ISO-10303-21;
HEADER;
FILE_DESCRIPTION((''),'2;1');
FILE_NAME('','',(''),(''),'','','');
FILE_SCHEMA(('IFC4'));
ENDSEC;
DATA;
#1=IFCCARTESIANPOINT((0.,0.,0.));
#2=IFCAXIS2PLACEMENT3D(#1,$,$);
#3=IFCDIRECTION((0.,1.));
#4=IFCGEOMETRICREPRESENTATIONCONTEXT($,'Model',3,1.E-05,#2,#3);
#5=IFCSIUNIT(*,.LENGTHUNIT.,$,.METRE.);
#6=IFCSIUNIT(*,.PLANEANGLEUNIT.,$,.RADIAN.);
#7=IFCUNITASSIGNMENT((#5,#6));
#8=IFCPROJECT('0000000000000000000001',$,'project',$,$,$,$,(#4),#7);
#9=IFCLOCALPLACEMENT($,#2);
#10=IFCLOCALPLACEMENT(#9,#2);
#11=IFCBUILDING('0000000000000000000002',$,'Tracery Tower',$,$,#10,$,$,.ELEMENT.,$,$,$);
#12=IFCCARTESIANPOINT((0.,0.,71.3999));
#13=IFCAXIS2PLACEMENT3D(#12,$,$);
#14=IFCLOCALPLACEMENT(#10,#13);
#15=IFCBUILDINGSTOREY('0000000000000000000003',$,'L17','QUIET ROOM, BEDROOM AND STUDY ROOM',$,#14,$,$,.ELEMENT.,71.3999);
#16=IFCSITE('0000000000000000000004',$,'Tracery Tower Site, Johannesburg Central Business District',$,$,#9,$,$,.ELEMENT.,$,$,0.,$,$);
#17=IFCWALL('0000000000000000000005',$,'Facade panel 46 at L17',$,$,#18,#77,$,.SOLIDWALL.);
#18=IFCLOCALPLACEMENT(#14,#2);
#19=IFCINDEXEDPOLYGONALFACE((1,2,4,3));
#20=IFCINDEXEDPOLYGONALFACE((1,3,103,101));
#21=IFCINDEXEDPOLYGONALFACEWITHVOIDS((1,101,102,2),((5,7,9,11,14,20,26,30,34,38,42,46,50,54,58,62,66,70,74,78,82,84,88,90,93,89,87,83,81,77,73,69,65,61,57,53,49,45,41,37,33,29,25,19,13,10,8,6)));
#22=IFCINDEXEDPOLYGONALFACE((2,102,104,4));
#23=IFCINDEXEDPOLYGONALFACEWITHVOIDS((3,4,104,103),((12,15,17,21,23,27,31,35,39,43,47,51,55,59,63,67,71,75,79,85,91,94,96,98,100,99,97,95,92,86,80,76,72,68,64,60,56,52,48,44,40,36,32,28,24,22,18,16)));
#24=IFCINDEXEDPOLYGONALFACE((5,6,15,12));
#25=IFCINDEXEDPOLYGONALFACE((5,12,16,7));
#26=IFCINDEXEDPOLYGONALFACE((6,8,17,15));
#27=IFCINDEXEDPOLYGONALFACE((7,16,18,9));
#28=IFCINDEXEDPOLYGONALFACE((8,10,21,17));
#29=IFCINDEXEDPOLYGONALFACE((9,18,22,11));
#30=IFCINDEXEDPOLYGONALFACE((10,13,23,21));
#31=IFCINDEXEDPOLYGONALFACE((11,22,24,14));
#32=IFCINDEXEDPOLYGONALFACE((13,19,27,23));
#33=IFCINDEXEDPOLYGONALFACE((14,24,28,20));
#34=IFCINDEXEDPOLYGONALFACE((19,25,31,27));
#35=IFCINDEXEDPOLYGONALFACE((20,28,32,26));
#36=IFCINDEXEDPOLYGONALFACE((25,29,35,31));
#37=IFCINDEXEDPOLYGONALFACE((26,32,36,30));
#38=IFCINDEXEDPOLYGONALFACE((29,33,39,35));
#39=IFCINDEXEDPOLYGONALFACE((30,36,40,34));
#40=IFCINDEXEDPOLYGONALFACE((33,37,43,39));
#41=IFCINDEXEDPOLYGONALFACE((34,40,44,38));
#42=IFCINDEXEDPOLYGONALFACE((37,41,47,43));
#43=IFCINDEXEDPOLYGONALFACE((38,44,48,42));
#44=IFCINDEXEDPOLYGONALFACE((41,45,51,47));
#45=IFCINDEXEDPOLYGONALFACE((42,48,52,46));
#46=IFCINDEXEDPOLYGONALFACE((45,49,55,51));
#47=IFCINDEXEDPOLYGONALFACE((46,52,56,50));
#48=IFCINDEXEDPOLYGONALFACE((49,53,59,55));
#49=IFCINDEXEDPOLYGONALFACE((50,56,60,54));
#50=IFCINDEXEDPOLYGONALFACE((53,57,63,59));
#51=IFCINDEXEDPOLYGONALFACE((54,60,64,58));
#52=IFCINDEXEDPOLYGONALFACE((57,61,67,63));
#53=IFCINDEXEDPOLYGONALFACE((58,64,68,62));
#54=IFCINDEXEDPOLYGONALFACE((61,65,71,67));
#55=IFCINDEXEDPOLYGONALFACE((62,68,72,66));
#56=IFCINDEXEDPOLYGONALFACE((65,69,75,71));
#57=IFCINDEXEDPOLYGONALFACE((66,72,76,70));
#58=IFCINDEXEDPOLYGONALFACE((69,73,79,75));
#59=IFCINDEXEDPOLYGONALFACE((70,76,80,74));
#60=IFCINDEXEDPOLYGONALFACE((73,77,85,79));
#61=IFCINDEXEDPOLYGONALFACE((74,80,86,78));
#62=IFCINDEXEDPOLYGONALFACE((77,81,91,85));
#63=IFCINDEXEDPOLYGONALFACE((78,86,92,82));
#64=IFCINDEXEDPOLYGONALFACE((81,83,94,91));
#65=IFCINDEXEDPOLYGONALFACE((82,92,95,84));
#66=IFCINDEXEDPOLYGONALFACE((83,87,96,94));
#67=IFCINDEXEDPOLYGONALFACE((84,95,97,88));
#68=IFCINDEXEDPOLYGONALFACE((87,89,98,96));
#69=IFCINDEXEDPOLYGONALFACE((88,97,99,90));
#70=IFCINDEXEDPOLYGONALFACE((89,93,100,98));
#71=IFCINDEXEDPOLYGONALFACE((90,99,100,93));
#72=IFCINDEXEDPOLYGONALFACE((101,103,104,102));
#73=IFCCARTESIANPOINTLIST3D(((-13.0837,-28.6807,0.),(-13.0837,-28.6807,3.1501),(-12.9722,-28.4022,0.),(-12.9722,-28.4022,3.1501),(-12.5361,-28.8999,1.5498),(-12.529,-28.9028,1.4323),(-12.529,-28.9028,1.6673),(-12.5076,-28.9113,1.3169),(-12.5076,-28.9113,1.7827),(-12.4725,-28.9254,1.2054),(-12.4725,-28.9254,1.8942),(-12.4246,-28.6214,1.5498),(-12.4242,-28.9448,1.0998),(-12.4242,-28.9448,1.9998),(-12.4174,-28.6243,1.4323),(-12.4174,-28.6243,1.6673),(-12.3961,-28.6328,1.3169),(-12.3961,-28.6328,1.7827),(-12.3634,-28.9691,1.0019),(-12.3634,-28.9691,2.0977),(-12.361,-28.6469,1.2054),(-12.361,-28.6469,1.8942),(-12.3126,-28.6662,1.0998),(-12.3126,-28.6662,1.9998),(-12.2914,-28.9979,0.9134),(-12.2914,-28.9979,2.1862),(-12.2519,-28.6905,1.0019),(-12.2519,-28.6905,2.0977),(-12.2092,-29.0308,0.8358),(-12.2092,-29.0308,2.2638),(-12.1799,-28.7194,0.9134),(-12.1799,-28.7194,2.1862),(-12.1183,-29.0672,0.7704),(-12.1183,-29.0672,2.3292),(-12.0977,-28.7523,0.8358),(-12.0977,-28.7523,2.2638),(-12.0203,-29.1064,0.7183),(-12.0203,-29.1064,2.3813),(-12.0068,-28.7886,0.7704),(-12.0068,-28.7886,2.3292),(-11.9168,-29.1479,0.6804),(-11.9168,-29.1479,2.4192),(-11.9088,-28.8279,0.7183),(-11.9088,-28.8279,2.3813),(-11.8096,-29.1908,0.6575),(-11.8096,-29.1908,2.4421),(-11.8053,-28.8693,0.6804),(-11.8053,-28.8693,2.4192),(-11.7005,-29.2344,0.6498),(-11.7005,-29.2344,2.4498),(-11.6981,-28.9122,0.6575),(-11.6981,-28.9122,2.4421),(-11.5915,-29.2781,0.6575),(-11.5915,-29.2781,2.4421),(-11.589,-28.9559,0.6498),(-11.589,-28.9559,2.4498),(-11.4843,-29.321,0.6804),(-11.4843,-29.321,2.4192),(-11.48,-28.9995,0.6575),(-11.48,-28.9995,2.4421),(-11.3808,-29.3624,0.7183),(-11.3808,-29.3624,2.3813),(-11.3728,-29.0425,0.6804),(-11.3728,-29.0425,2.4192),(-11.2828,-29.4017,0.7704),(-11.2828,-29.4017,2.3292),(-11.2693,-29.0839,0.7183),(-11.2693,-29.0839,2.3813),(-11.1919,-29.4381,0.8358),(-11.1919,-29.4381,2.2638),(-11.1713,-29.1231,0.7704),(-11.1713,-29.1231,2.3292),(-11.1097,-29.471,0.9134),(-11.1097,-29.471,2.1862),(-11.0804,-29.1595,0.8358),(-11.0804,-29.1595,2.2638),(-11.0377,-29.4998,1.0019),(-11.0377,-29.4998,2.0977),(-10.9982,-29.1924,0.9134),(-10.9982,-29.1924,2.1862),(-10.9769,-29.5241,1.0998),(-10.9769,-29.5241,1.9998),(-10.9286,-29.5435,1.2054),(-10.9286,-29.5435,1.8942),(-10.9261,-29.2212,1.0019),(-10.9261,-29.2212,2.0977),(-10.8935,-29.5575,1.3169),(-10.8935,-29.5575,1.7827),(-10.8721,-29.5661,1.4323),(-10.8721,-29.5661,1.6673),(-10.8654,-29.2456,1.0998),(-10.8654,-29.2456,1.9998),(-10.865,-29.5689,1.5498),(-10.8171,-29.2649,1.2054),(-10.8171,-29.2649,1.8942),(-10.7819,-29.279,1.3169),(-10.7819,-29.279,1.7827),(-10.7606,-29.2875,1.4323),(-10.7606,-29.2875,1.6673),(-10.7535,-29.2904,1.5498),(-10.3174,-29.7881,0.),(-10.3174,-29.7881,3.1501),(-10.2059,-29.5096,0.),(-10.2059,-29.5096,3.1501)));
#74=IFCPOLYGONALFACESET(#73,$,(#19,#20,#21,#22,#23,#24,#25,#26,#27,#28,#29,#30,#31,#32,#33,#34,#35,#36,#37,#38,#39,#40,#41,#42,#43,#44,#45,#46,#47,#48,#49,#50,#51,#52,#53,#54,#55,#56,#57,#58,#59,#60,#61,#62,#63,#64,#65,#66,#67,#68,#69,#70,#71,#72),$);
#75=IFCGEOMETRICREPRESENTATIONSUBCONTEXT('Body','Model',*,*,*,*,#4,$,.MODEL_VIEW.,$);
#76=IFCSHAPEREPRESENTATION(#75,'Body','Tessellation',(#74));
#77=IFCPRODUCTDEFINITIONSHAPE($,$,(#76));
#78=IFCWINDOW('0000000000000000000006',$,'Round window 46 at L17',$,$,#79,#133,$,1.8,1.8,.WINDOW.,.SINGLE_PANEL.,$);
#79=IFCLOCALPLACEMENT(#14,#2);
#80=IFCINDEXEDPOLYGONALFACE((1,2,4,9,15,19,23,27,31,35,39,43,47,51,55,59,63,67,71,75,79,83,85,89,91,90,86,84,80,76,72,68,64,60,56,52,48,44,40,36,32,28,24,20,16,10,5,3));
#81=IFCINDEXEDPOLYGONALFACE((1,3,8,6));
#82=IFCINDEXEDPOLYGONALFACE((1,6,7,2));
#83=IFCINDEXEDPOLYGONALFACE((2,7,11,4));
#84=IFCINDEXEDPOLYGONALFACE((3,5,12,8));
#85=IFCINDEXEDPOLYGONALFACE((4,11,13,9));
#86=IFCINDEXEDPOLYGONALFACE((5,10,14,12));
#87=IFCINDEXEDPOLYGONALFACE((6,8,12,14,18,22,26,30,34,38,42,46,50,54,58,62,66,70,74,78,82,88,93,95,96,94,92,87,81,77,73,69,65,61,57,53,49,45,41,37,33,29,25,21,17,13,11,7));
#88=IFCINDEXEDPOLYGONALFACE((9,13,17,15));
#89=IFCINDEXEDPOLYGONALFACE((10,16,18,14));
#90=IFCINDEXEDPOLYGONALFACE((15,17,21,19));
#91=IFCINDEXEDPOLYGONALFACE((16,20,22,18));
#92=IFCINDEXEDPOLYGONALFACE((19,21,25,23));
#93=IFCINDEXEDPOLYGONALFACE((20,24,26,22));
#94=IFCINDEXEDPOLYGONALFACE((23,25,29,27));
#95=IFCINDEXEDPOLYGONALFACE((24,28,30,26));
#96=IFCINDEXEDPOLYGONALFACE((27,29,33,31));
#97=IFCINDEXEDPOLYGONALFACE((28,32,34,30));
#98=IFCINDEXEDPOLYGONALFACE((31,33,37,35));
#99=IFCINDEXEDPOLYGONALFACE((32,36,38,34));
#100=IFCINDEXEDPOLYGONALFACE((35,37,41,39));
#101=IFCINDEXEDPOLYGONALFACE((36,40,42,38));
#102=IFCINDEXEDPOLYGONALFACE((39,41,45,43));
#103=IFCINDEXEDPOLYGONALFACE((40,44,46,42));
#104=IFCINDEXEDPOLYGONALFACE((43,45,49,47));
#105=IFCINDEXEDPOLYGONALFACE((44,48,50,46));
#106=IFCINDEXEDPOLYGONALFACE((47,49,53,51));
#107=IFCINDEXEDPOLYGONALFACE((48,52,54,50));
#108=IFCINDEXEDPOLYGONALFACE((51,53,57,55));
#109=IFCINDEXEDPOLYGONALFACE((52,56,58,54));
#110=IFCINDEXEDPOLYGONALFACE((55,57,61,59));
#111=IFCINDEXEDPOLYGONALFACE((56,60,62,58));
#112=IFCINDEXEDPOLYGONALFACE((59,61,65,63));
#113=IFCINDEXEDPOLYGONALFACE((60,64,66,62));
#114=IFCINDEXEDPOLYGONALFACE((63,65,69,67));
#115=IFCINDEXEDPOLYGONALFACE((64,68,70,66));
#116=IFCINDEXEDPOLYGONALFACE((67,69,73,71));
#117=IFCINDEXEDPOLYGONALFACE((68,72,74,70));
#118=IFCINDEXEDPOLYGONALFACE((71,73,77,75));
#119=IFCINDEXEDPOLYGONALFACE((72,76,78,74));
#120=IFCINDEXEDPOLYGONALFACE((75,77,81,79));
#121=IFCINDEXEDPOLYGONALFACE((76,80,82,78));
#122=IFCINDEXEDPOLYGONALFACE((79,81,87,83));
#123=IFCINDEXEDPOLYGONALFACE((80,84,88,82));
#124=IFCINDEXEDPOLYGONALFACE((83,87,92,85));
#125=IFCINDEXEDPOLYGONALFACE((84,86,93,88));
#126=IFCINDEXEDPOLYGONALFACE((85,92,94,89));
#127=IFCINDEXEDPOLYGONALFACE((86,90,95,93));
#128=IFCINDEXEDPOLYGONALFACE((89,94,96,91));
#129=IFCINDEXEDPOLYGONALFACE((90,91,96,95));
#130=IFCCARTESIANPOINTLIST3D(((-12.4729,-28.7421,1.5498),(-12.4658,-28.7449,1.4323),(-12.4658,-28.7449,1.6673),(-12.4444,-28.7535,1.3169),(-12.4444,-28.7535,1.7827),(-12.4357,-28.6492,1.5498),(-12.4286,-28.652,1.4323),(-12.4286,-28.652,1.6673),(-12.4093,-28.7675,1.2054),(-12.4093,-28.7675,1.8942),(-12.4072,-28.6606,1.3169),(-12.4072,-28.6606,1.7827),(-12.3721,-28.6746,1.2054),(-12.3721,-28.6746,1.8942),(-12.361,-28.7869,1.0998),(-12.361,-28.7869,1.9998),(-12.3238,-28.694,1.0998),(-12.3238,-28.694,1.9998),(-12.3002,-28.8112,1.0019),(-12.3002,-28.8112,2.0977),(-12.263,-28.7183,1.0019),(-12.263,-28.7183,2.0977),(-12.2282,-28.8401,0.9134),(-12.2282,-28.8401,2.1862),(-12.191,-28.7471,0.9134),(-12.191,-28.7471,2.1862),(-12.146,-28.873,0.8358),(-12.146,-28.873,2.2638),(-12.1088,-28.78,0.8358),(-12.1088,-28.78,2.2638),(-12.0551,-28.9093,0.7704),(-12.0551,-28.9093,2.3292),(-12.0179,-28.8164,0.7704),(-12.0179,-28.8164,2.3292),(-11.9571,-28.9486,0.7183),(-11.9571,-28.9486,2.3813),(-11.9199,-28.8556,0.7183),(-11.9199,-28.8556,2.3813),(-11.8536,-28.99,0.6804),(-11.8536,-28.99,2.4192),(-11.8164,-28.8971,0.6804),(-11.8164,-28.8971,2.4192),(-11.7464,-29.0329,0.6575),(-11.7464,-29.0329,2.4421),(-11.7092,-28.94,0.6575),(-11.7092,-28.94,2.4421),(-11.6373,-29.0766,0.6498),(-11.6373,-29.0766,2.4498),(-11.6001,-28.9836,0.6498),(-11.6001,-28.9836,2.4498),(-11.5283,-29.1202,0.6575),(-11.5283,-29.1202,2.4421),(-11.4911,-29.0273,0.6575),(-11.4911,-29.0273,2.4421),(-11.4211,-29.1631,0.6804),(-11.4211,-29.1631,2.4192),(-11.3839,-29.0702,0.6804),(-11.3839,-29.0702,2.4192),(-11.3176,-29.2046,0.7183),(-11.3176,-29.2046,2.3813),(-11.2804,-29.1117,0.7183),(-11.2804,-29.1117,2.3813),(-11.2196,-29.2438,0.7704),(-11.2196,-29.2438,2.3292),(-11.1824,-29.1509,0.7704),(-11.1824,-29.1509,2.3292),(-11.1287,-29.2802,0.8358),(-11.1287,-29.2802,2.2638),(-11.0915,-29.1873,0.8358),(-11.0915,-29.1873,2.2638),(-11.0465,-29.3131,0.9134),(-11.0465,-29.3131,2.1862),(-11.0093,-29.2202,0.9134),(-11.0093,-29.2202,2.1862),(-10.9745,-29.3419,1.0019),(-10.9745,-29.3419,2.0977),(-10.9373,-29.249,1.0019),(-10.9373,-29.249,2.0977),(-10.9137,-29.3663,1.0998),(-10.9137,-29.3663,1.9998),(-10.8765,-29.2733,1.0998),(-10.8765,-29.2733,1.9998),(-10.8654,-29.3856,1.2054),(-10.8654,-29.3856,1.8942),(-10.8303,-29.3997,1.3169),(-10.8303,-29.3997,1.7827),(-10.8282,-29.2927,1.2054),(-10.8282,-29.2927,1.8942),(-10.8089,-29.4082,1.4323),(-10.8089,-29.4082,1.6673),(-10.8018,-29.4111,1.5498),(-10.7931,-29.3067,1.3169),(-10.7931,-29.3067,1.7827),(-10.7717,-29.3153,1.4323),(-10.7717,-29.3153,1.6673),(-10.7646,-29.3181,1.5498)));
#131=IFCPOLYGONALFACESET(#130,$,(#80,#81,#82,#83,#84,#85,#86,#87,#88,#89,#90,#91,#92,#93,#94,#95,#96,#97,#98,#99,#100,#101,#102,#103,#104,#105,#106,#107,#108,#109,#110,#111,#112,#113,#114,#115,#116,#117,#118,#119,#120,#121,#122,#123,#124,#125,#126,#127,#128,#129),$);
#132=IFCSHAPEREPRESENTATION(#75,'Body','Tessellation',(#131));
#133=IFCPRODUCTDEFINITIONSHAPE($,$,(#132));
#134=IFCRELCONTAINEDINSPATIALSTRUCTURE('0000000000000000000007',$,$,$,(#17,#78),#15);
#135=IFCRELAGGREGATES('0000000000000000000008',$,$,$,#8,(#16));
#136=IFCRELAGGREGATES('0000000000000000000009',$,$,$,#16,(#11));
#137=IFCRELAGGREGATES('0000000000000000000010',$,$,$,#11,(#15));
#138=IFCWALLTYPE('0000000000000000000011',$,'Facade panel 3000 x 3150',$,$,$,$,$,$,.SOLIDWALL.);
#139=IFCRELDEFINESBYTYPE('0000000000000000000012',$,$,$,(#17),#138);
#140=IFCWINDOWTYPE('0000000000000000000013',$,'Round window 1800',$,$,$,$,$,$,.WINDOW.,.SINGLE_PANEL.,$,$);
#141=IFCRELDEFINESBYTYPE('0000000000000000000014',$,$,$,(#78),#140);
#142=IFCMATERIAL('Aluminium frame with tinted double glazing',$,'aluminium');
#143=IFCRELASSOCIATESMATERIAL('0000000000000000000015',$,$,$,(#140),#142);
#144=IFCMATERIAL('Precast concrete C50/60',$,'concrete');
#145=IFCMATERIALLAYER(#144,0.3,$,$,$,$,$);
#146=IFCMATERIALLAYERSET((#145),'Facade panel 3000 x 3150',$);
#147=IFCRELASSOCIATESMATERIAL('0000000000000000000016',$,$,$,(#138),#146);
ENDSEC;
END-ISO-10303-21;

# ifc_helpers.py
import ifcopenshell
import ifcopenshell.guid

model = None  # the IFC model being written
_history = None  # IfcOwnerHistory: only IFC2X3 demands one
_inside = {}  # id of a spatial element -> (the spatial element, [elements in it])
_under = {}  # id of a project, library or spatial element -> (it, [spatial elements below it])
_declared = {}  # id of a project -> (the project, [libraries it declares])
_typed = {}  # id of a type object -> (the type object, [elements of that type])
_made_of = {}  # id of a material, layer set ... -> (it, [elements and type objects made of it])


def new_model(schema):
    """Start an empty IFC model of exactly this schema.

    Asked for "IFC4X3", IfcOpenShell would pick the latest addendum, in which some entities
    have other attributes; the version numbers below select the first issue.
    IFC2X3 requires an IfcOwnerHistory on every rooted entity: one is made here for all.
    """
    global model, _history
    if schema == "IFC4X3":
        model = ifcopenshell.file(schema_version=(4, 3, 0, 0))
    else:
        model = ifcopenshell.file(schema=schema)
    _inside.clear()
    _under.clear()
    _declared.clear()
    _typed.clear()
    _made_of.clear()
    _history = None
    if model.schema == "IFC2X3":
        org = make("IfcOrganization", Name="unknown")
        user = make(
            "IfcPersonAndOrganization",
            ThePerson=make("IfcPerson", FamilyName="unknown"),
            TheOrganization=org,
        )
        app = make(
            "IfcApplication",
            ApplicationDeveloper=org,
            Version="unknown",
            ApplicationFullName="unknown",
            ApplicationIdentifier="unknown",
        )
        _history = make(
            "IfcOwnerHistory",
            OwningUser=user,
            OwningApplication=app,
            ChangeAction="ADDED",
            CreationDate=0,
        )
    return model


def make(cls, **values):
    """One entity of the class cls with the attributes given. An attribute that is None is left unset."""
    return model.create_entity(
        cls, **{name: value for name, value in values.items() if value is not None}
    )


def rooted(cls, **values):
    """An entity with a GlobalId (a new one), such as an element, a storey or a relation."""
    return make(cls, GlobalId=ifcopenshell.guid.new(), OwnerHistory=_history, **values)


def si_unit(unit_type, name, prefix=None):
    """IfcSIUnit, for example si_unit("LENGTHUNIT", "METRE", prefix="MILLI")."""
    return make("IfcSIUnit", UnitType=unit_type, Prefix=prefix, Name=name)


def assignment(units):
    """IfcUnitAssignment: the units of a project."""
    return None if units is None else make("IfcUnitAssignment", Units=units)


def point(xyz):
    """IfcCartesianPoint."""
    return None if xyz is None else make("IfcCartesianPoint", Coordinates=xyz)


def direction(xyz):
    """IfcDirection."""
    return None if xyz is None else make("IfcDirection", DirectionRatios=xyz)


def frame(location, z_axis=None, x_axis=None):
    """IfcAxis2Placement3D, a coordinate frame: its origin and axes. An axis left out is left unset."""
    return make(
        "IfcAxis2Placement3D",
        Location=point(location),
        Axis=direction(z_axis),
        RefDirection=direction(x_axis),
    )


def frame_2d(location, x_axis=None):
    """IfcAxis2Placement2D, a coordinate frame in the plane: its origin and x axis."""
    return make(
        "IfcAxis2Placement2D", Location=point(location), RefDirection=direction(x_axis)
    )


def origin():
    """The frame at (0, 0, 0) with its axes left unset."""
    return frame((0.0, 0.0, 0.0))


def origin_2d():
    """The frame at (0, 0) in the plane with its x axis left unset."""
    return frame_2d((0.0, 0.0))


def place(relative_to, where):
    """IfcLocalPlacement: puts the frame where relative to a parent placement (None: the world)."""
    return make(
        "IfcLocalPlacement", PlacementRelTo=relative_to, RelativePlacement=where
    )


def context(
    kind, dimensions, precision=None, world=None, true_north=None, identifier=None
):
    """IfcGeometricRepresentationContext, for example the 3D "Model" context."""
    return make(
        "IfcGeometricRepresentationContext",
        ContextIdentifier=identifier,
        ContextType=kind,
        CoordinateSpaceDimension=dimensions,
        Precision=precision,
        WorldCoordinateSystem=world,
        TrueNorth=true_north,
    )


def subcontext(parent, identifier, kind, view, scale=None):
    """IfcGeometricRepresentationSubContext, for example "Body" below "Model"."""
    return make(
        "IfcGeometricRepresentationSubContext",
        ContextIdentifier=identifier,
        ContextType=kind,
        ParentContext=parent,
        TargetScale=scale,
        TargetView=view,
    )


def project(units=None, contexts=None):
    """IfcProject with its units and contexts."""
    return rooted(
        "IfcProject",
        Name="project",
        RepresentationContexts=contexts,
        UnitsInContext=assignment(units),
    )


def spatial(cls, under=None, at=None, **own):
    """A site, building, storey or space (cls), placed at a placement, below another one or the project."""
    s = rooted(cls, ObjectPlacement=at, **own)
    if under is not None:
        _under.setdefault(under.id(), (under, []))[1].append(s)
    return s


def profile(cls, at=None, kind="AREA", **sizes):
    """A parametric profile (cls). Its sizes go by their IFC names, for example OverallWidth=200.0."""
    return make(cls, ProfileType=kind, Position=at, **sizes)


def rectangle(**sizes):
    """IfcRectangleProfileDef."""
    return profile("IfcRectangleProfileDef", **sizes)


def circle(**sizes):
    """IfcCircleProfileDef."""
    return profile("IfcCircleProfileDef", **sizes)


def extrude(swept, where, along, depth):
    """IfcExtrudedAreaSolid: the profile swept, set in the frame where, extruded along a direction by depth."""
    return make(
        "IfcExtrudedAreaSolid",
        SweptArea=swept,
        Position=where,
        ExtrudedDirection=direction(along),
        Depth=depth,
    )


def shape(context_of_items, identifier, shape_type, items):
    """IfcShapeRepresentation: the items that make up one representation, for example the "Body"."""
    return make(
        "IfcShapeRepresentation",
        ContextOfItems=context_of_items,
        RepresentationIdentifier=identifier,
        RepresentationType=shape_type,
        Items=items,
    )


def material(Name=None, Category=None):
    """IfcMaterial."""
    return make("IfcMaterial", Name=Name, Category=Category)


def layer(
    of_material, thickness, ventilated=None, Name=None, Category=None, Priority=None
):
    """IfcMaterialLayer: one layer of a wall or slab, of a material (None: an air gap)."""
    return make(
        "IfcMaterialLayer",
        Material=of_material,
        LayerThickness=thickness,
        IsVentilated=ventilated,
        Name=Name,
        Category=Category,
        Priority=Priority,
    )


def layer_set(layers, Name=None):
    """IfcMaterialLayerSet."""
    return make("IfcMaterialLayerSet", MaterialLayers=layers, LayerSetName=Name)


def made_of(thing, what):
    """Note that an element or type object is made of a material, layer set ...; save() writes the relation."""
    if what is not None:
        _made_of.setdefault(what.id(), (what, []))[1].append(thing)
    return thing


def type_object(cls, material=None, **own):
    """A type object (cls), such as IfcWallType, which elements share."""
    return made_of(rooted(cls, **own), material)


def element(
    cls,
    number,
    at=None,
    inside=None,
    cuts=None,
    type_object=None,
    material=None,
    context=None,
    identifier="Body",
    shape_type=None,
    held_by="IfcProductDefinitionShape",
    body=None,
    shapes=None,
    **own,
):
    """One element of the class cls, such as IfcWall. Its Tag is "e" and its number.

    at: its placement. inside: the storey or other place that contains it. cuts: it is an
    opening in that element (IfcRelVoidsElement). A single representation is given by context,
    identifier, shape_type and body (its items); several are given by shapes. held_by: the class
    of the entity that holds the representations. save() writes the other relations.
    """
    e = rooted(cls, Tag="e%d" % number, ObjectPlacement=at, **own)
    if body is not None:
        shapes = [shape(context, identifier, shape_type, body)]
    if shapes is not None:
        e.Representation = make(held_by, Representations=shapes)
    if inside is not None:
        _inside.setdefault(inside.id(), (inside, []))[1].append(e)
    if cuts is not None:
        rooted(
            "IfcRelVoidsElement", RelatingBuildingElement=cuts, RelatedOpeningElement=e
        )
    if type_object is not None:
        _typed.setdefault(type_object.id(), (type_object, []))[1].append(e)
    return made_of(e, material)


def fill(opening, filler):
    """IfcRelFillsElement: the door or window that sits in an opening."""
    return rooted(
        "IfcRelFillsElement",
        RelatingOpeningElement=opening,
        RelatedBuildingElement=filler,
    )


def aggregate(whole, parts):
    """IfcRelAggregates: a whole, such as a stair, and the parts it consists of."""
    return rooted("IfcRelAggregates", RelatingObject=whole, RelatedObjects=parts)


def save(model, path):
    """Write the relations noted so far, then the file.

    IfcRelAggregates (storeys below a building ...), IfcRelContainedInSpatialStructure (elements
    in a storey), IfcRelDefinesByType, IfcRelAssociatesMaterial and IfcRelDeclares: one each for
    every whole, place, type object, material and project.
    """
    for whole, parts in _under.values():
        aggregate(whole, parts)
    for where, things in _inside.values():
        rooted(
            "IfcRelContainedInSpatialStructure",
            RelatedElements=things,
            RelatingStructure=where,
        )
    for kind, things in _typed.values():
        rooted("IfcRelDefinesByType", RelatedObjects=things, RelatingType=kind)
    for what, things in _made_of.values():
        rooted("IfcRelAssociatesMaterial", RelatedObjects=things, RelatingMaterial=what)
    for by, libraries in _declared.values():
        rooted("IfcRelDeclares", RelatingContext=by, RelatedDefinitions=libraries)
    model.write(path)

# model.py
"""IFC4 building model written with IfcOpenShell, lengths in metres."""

from ifc_helpers import new_model, si_unit, direction, frame, frame_2d, origin, origin_2d, place, context, subcontext, project, spatial, rectangle, circle, extrude, material, layer, layer_set, type_object, element, fill, save


model = new_model("IFC4")

# Units and contexts
model_context = context("Model", 3, precision=1e-05, world=origin(), true_north=direction((0.0, 1.0)))
body_context = subcontext(model_context, "Body", "Model", "MODEL_VIEW")
ifc_project = project(units=[si_unit("LENGTHUNIT", "METRE"), si_unit("PLANEANGLEUNIT", "RADIAN")], contexts=[model_context])

# Site, building, storey
site_placement = place(None, origin())
site = spatial("IfcSite", under=ifc_project, at=site_placement, Name="Tracery Tower Site, Johannesburg Central Business District", CompositionType="ELEMENT", RefElevation=0.0)
building_placement = place(site_placement, origin())
building = spatial("IfcBuilding", under=site, at=building_placement, Name="Tracery Tower", CompositionType="ELEMENT")
storey_placement = place(building_placement, frame((0.0, 0.0, 71.3999)))
storey = spatial("IfcBuildingStorey", under=building, at=storey_placement, Name="L17", Description="QUIET ROOM, BEDROOM AND STUDY ROOM", CompositionType="ELEMENT", Elevation=71.3999)

# Wall, opening, window
ifc_material_1 = material(Name="Aluminium frame with tinted double glazing", Category="aluminium")
window_type = type_object("IfcWindowType", Name="Round window 1800", PartitioningType="SINGLE_PANEL", PredefinedType="WINDOW", material=ifc_material_1)
ifc_material_2 = material(Name="Precast concrete C50/60", Category="concrete")
ifc_layer_1 = layer(ifc_material_2, 0.3)
ifc_layer_set_1 = layer_set([ifc_layer_1], Name="Facade panel 3000 x 3150")
wall_type_1 = type_object("IfcWallType", Name="Facade panel 3000 x 3150", PredefinedType="SOLIDWALL", material=ifc_layer_set_1)
wall_1_placement = place(storey_placement, frame((-13.0278, -28.5415, 0.0), z_axis=(0.0, 0.0, 1.0), x_axis=(0.928375, -0.371645, 0.0)))
wall_1 = element("IfcWall", 1, at=wall_1_placement, inside=storey, type_object=wall_type_1, Name="Facade panel 46 at L17", PredefinedType="SOLIDWALL", context=body_context, shape_type="SweptSolid", body=[
    extrude(rectangle(XDim=2.9797, YDim=0.3, at=frame_2d((1.4897, 0.0))), origin(), (0.0, 0.0, 1.0), 3.1501),
])
opening_1_placement = place(wall_1_placement, frame((1.4897, 0.0, 1.5498)))
opening_1 = element("IfcOpeningElement", 2, at=opening_1_placement, cuts=wall_1, PredefinedType="OPENING", context=body_context, shape_type="SweptSolid", body=[
    extrude(circle(Radius=0.9, at=origin_2d()), frame((0.0, 0.1599, 0.0), z_axis=(0.0, -1.0, 0.0), x_axis=(1.0, 0.0, 0.0)), (0.0, 0.0, 1.0), 0.3201),
])
window_1_placement = place(opening_1_placement, origin())
window_1 = element("IfcWindow", 3, at=window_1_placement, inside=storey, type_object=window_type, Name="Round window 46 at L17", OverallHeight=1.8, OverallWidth=1.8, PartitioningType="SINGLE_PANEL", PredefinedType="WINDOW", context=body_context, shape_type="SweptSolid", body=[
    extrude(circle(Radius=0.9, at=origin_2d()), frame((0.0, 0.1201, 0.0), z_axis=(0.0, -1.0, 0.0), x_axis=(1.0, 0.0, 0.0)), (0.0, 0.0, 1.0), 0.1001),
])
fill(opening_1, window_1)

save(model, "model.ifc")
